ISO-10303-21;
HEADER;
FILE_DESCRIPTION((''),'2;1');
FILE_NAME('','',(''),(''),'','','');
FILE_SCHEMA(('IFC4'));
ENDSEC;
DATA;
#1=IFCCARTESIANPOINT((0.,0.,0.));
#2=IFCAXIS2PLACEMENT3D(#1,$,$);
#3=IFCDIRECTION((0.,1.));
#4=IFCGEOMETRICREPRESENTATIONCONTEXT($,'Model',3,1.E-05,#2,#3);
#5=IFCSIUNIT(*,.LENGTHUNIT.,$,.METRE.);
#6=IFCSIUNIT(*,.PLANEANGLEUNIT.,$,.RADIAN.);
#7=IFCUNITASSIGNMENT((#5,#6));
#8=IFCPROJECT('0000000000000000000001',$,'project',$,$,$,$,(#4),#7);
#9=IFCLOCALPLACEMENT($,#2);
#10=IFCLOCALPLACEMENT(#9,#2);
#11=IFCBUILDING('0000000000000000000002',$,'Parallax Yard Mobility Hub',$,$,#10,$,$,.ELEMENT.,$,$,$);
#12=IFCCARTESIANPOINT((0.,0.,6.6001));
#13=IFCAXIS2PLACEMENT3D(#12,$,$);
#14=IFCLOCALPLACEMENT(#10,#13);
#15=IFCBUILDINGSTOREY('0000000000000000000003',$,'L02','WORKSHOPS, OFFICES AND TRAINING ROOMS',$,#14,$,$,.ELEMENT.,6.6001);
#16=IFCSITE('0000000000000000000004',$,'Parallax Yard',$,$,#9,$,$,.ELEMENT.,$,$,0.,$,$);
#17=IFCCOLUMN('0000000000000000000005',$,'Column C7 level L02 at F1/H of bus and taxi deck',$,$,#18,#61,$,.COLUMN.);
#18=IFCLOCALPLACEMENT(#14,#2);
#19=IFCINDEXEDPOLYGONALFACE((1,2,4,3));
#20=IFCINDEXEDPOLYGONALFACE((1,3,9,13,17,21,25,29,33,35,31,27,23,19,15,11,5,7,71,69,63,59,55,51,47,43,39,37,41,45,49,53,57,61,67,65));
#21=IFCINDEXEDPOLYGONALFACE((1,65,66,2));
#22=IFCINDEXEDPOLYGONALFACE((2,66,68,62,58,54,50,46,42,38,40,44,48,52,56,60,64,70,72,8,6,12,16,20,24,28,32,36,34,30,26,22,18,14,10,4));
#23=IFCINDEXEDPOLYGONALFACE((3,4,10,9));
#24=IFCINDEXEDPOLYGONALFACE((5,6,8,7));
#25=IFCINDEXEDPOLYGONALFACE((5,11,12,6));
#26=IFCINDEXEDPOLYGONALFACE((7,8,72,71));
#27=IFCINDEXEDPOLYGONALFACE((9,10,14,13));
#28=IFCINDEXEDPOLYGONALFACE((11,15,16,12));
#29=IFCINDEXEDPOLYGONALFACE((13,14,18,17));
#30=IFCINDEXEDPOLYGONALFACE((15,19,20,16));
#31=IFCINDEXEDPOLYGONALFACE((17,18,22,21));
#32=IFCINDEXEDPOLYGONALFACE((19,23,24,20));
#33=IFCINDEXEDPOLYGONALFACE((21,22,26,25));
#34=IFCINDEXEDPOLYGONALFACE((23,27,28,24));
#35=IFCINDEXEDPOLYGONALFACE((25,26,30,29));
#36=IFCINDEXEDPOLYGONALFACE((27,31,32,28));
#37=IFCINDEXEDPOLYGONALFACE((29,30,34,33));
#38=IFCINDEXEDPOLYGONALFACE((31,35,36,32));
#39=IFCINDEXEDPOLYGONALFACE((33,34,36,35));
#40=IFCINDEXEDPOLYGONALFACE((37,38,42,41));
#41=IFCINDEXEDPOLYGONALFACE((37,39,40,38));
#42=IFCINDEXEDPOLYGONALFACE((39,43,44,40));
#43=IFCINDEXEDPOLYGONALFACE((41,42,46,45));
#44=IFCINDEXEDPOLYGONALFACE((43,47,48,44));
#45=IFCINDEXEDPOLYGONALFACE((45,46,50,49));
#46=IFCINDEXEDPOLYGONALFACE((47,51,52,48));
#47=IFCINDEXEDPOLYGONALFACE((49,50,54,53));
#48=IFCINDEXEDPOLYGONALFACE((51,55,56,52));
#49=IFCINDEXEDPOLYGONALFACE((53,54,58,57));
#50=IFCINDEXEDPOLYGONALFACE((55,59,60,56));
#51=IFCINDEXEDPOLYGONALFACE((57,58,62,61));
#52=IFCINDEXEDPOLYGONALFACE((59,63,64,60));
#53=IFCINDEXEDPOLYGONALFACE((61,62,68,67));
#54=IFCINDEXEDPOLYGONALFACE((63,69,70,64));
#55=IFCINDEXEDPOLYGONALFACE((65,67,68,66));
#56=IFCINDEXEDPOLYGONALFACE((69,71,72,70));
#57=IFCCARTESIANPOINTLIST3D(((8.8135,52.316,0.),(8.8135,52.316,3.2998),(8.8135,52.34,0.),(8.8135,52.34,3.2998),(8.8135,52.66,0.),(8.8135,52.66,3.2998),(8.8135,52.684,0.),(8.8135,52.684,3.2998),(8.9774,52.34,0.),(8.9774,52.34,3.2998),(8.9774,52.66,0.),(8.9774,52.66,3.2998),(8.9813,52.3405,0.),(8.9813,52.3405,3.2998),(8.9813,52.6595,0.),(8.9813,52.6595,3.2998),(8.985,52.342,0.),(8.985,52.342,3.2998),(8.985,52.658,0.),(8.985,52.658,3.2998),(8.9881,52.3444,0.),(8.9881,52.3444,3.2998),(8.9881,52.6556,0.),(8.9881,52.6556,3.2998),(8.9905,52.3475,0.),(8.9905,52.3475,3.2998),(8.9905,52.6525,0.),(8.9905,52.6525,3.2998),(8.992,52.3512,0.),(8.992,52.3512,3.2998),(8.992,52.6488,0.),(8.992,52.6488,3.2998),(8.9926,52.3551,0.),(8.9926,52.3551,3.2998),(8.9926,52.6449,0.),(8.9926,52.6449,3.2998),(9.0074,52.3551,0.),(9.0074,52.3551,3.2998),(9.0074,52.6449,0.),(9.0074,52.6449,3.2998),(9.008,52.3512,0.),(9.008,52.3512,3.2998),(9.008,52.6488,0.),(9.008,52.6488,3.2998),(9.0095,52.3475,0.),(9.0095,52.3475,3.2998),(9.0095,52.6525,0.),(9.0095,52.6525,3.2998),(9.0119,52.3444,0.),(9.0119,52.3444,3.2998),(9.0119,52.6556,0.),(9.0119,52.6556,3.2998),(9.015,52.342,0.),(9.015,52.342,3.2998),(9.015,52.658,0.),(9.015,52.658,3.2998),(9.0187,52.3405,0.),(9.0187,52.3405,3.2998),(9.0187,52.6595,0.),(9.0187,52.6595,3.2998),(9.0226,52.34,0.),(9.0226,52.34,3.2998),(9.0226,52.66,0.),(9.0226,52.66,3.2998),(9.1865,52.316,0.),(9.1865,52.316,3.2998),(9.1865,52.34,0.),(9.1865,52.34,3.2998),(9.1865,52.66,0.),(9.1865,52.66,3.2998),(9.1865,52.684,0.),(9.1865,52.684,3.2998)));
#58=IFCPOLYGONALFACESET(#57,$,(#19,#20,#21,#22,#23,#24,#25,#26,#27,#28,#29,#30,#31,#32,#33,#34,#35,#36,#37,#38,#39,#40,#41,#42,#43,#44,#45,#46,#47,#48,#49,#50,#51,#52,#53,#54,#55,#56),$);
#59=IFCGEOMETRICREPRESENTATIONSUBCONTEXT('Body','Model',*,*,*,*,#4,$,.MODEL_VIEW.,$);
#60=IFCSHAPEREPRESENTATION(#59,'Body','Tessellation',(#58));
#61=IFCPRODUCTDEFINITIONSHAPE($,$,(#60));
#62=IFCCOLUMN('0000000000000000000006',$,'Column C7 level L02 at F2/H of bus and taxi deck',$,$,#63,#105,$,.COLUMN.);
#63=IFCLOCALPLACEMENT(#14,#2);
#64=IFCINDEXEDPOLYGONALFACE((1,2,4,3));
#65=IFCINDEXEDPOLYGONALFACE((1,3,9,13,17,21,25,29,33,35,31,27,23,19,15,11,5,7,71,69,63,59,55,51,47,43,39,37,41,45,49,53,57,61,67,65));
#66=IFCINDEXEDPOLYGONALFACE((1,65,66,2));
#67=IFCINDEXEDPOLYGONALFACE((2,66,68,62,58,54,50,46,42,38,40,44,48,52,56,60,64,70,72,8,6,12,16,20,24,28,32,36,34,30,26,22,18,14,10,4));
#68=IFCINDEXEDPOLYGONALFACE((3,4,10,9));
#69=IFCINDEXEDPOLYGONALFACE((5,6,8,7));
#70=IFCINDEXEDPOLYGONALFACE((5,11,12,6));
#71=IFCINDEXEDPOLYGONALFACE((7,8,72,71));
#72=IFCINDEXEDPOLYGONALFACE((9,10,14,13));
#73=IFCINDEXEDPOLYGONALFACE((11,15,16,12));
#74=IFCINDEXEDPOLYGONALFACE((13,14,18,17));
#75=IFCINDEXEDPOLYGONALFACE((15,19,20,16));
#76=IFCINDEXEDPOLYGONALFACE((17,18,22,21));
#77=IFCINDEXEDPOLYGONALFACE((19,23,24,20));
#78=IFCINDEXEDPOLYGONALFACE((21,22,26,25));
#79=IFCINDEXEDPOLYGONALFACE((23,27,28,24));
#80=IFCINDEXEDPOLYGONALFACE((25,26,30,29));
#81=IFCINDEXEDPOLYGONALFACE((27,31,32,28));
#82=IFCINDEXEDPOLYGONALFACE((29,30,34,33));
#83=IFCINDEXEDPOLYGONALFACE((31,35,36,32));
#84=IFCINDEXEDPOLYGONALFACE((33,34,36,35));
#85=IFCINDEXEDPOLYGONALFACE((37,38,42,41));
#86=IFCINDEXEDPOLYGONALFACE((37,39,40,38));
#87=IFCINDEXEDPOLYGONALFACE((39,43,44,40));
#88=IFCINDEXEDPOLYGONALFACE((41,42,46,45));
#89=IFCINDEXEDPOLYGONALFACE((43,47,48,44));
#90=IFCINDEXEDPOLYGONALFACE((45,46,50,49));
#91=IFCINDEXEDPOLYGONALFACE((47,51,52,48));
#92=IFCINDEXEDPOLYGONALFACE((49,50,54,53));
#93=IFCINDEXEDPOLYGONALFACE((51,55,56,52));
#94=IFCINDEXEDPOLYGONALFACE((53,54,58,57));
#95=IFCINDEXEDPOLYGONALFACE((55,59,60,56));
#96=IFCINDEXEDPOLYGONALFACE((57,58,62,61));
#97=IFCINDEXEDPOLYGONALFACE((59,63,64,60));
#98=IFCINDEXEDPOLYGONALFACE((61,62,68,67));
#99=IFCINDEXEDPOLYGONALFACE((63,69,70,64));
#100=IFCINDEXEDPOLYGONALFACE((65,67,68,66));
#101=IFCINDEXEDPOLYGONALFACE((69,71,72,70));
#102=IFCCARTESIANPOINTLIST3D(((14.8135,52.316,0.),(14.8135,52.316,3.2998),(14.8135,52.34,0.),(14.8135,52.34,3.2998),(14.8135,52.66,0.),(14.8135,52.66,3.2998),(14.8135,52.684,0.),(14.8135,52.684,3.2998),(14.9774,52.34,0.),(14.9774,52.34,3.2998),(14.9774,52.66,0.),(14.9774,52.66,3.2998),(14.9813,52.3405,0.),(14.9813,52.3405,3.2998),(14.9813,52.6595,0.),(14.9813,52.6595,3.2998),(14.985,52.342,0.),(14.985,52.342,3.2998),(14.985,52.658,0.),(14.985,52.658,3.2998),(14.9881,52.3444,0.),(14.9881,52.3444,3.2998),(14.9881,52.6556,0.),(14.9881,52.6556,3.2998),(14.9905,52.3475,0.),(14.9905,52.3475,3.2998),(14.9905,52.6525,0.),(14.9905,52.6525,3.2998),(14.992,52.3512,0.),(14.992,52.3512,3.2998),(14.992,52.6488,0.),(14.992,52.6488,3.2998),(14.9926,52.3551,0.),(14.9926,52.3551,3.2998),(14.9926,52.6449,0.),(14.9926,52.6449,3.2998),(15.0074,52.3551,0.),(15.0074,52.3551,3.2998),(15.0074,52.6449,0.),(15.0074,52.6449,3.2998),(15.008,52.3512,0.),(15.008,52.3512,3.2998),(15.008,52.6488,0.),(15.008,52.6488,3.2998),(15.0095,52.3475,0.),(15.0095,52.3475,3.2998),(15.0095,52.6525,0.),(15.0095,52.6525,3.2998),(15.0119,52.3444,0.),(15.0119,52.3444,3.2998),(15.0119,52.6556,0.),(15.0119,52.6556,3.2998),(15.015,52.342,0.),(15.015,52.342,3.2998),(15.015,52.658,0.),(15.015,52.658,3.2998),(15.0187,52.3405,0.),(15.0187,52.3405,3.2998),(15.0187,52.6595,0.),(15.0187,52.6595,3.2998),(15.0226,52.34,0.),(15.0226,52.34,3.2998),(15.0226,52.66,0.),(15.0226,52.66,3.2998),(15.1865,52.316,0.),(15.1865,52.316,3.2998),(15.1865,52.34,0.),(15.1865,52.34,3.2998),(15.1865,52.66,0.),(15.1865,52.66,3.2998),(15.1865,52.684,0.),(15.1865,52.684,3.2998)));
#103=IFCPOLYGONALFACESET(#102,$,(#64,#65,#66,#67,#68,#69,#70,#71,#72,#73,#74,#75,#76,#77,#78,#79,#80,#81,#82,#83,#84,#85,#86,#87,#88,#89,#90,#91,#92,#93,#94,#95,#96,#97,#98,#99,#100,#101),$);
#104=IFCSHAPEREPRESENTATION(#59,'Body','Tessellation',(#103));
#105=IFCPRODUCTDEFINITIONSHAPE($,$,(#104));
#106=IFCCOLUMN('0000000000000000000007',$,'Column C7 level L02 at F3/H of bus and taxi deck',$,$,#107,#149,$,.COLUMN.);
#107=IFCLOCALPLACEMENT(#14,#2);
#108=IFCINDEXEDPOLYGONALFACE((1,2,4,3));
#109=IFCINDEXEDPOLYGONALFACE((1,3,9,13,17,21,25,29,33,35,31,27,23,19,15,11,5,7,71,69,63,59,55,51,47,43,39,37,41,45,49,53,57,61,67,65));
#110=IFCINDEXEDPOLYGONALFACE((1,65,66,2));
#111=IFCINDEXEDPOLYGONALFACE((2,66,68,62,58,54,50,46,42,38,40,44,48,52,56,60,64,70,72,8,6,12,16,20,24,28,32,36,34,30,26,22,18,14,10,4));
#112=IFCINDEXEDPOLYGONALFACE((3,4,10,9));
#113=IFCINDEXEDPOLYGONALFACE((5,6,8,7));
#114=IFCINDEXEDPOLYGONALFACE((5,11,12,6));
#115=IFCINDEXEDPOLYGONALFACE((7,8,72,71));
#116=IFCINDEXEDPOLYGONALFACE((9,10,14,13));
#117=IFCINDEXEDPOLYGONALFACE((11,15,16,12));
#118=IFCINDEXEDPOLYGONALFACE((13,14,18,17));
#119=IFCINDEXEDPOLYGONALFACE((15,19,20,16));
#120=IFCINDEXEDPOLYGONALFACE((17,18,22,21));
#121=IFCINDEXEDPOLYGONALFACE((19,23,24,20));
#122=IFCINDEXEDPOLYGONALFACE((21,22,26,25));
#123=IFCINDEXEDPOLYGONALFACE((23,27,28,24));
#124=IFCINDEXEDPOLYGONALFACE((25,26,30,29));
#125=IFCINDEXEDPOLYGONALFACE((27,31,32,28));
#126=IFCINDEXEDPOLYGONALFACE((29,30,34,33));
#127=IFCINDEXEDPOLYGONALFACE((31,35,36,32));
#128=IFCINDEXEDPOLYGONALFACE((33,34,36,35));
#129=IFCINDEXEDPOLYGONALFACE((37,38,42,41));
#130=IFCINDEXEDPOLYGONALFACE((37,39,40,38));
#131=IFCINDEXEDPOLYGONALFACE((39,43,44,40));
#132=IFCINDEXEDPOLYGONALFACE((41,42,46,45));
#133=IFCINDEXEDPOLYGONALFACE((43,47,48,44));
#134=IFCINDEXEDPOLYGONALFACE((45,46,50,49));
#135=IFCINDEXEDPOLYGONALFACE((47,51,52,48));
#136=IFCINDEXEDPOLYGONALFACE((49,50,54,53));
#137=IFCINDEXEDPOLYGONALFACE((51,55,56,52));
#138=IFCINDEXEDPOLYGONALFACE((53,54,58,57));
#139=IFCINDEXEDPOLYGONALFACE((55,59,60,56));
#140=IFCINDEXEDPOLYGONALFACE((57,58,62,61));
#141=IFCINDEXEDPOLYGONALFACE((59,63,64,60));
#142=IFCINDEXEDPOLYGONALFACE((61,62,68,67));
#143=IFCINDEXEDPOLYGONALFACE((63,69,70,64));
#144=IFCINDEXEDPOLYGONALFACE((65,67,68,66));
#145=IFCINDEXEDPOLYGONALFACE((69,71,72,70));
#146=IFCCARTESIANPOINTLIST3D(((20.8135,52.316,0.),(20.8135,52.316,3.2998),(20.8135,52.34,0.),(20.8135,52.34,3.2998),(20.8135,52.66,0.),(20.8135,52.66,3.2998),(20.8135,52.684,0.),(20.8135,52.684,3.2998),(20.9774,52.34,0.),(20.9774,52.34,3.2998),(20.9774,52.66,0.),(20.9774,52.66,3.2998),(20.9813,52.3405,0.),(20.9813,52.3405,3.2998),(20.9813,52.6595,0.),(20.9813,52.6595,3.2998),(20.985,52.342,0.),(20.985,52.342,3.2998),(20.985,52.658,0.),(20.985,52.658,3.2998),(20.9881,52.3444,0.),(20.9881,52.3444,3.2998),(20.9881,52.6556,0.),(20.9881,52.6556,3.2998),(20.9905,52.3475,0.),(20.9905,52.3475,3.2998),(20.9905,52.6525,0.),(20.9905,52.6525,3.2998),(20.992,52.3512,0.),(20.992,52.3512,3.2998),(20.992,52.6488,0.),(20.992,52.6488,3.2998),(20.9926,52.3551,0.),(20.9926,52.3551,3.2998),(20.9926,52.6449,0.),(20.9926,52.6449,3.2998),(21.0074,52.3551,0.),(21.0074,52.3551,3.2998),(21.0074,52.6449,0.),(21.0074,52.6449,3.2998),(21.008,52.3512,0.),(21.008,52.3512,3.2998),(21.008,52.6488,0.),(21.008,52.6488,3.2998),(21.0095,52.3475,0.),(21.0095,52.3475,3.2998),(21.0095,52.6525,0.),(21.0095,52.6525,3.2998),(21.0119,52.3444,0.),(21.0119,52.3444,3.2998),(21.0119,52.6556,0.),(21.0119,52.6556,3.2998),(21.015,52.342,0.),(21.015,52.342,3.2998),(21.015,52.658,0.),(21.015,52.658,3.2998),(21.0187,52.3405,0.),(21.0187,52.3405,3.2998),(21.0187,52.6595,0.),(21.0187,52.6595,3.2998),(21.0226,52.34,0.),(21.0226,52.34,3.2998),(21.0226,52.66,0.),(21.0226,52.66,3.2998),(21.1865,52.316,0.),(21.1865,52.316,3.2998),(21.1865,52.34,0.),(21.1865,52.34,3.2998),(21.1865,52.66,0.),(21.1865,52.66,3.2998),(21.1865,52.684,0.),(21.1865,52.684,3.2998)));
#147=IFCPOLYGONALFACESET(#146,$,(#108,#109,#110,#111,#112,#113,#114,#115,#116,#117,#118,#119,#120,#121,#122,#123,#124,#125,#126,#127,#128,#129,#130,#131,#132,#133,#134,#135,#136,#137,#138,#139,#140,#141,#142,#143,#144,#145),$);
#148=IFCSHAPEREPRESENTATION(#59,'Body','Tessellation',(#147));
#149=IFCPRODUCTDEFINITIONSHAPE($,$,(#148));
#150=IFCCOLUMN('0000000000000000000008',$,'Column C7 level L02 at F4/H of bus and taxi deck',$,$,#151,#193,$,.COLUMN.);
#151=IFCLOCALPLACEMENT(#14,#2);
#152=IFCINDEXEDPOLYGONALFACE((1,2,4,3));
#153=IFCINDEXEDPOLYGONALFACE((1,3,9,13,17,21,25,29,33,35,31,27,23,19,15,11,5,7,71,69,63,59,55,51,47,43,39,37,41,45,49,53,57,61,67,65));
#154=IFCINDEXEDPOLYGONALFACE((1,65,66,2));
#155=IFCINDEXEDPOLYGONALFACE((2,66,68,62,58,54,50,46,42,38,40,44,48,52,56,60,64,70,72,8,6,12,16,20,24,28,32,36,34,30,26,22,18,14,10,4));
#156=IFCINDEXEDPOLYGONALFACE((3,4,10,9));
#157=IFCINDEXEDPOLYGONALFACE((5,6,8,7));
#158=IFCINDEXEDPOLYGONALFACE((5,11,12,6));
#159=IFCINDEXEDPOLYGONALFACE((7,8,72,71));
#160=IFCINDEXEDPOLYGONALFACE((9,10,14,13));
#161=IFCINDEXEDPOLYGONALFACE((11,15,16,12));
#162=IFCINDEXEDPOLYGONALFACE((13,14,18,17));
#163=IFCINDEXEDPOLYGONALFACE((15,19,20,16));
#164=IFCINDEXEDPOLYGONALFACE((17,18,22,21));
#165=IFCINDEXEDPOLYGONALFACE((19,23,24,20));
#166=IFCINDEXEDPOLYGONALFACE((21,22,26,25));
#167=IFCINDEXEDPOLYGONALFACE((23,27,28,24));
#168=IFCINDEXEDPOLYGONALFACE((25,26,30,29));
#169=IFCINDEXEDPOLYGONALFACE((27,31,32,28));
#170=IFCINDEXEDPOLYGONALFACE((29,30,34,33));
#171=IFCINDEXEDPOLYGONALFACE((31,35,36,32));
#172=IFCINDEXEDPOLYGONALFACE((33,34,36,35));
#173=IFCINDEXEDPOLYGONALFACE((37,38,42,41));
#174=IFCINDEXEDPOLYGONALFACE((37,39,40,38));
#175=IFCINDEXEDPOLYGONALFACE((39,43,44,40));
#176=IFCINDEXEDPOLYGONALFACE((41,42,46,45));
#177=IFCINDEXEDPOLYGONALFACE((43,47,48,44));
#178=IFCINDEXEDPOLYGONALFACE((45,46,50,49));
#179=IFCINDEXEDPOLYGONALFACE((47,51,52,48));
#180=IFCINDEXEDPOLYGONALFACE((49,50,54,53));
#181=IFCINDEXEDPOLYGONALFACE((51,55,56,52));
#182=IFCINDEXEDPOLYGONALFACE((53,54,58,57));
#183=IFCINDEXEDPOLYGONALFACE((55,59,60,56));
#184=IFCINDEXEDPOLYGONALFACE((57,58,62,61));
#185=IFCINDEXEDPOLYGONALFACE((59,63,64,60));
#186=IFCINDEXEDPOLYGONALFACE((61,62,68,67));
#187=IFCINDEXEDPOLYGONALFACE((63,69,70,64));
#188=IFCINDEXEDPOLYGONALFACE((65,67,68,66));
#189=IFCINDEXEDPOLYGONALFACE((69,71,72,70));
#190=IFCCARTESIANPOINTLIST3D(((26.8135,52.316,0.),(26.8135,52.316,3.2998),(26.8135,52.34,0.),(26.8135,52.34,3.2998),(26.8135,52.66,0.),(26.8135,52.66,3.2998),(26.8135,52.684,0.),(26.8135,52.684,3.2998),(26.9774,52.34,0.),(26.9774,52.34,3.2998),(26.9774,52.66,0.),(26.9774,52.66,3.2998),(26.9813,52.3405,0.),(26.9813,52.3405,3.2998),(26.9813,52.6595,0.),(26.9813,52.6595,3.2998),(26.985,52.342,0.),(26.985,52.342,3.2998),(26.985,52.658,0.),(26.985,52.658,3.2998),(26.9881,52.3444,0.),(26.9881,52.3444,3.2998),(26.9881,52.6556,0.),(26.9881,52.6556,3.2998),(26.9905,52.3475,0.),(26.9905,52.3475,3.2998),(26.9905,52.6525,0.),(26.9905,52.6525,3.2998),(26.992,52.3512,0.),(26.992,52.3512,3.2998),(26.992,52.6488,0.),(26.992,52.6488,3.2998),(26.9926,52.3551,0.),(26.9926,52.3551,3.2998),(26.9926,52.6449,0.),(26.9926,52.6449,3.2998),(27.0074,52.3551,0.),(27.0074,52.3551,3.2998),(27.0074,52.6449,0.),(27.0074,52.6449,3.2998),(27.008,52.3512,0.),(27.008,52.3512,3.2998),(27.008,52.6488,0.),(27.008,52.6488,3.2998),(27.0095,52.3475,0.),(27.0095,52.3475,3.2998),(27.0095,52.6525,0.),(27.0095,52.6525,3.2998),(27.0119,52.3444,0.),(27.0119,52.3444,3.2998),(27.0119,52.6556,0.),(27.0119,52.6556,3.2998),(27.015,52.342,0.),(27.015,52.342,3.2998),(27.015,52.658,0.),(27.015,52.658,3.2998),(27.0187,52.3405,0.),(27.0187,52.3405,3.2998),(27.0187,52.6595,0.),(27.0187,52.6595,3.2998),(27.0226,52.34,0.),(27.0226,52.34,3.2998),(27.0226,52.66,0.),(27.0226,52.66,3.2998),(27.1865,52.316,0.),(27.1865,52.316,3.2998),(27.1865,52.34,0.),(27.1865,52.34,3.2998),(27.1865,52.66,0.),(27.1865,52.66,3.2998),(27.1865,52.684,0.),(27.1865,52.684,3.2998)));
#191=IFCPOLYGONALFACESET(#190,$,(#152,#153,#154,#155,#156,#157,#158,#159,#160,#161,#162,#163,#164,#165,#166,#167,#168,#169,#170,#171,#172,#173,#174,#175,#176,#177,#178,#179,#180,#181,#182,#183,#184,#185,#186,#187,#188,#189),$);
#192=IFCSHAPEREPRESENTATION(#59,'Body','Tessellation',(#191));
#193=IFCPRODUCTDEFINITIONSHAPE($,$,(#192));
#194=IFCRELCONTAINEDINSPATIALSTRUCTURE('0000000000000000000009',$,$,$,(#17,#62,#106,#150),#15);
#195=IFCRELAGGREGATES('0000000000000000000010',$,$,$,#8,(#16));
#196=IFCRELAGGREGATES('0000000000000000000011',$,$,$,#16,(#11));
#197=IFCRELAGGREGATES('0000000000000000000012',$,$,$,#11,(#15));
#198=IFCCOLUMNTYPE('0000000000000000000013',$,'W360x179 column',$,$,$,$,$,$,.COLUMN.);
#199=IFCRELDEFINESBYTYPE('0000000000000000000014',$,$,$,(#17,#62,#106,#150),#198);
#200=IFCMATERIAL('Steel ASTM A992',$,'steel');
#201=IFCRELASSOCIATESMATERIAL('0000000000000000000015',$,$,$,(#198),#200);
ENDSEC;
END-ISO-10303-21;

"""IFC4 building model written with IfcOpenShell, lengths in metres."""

from ifc_helpers import new_model, si_unit, direction, frame, origin, origin_2d, place, context, subcontext, project, spatial, i_section, extrude, material, material_profile, profile_set, type_object, element, save


model = new_model("IFC4")

# Units and contexts
model_context = context("Model", 3, precision=1e-05, world=origin(), true_north=direction((0.0, 1.0)))
body_context = subcontext(model_context, "Body", "Model", "MODEL_VIEW")
ifc_project = project(units=[si_unit("LENGTHUNIT", "METRE"), si_unit("PLANEANGLEUNIT", "RADIAN")], contexts=[model_context])

# Site, building, storey
site_placement = place(None, origin())
site = spatial("IfcSite", under=ifc_project, at=site_placement, Name="Parallax Yard", CompositionType="ELEMENT", RefElevation=0.0)
building_placement = place(site_placement, origin())
building = spatial("IfcBuilding", under=site, at=building_placement, Name="Parallax Yard Mobility Hub", CompositionType="ELEMENT")
storey_placement = place(building_placement, frame((0.0, 0.0, 6.6001)))
storey = spatial("IfcBuildingStorey", under=building, at=storey_placement, Name="L02", Description="WORKSHOPS, OFFICES AND TRAINING ROOMS", CompositionType="ELEMENT", Elevation=6.6001)

# Columns
ifc_material_1 = material(Name="Steel ASTM A992", Category="steel")
ifc_material_profile_1 = material_profile(ifc_material_1, i_section(OverallWidth=0.373, OverallDepth=0.3679, WebThickness=0.0149, FlangeThickness=0.0239, FilletRadius=0.0151, at=origin_2d()), Name="W360x179")
ifc_profile_set_1 = profile_set([ifc_material_profile_1], Name="Steel ASTM A992")
column_type = type_object("IfcColumnType", Name="W360x179 column", PredefinedType="COLUMN", material=ifc_profile_set_1)
for number, where, z_axis, x_axis, name in (
    (1, (9.0, 52.5, 0.0), (0.0, 0.0, 1.0), (1.0, 0.0, 0.0), "Column C7 level L02 at F1/H of bus and taxi deck"),
    (2, (15.0, 52.5, 0.0), (0.0, 0.0, 1.0), (1.0, 0.0, 0.0), "Column C7 level L02 at F2/H of bus and taxi deck"),
    (3, (21.0, 52.5, 0.0), (0.0, 0.0, 1.0), (1.0, 0.0, 0.0), "Column C7 level L02 at F3/H of bus and taxi deck"),
    (4, (27.0, 52.5, 0.0), (0.0, 0.0, 1.0), (1.0, 0.0, 0.0), "Column C7 level L02 at F4/H of bus and taxi deck"),
):
    element("IfcColumn", number, at=place(storey_placement, frame(where, z_axis=z_axis, x_axis=x_axis)), inside=storey, type_object=column_type, Name=name, PredefinedType="COLUMN", context=body_context, shape_type="SweptSolid", body=[
        extrude(i_section(OverallWidth=0.373, OverallDepth=0.3679, WebThickness=0.0149, FlangeThickness=0.0239, FilletRadius=0.0151, at=origin_2d()), origin(), (0.0, 0.0, 1.0), 3.2998),
    ])

save(model, "model.ifc")
